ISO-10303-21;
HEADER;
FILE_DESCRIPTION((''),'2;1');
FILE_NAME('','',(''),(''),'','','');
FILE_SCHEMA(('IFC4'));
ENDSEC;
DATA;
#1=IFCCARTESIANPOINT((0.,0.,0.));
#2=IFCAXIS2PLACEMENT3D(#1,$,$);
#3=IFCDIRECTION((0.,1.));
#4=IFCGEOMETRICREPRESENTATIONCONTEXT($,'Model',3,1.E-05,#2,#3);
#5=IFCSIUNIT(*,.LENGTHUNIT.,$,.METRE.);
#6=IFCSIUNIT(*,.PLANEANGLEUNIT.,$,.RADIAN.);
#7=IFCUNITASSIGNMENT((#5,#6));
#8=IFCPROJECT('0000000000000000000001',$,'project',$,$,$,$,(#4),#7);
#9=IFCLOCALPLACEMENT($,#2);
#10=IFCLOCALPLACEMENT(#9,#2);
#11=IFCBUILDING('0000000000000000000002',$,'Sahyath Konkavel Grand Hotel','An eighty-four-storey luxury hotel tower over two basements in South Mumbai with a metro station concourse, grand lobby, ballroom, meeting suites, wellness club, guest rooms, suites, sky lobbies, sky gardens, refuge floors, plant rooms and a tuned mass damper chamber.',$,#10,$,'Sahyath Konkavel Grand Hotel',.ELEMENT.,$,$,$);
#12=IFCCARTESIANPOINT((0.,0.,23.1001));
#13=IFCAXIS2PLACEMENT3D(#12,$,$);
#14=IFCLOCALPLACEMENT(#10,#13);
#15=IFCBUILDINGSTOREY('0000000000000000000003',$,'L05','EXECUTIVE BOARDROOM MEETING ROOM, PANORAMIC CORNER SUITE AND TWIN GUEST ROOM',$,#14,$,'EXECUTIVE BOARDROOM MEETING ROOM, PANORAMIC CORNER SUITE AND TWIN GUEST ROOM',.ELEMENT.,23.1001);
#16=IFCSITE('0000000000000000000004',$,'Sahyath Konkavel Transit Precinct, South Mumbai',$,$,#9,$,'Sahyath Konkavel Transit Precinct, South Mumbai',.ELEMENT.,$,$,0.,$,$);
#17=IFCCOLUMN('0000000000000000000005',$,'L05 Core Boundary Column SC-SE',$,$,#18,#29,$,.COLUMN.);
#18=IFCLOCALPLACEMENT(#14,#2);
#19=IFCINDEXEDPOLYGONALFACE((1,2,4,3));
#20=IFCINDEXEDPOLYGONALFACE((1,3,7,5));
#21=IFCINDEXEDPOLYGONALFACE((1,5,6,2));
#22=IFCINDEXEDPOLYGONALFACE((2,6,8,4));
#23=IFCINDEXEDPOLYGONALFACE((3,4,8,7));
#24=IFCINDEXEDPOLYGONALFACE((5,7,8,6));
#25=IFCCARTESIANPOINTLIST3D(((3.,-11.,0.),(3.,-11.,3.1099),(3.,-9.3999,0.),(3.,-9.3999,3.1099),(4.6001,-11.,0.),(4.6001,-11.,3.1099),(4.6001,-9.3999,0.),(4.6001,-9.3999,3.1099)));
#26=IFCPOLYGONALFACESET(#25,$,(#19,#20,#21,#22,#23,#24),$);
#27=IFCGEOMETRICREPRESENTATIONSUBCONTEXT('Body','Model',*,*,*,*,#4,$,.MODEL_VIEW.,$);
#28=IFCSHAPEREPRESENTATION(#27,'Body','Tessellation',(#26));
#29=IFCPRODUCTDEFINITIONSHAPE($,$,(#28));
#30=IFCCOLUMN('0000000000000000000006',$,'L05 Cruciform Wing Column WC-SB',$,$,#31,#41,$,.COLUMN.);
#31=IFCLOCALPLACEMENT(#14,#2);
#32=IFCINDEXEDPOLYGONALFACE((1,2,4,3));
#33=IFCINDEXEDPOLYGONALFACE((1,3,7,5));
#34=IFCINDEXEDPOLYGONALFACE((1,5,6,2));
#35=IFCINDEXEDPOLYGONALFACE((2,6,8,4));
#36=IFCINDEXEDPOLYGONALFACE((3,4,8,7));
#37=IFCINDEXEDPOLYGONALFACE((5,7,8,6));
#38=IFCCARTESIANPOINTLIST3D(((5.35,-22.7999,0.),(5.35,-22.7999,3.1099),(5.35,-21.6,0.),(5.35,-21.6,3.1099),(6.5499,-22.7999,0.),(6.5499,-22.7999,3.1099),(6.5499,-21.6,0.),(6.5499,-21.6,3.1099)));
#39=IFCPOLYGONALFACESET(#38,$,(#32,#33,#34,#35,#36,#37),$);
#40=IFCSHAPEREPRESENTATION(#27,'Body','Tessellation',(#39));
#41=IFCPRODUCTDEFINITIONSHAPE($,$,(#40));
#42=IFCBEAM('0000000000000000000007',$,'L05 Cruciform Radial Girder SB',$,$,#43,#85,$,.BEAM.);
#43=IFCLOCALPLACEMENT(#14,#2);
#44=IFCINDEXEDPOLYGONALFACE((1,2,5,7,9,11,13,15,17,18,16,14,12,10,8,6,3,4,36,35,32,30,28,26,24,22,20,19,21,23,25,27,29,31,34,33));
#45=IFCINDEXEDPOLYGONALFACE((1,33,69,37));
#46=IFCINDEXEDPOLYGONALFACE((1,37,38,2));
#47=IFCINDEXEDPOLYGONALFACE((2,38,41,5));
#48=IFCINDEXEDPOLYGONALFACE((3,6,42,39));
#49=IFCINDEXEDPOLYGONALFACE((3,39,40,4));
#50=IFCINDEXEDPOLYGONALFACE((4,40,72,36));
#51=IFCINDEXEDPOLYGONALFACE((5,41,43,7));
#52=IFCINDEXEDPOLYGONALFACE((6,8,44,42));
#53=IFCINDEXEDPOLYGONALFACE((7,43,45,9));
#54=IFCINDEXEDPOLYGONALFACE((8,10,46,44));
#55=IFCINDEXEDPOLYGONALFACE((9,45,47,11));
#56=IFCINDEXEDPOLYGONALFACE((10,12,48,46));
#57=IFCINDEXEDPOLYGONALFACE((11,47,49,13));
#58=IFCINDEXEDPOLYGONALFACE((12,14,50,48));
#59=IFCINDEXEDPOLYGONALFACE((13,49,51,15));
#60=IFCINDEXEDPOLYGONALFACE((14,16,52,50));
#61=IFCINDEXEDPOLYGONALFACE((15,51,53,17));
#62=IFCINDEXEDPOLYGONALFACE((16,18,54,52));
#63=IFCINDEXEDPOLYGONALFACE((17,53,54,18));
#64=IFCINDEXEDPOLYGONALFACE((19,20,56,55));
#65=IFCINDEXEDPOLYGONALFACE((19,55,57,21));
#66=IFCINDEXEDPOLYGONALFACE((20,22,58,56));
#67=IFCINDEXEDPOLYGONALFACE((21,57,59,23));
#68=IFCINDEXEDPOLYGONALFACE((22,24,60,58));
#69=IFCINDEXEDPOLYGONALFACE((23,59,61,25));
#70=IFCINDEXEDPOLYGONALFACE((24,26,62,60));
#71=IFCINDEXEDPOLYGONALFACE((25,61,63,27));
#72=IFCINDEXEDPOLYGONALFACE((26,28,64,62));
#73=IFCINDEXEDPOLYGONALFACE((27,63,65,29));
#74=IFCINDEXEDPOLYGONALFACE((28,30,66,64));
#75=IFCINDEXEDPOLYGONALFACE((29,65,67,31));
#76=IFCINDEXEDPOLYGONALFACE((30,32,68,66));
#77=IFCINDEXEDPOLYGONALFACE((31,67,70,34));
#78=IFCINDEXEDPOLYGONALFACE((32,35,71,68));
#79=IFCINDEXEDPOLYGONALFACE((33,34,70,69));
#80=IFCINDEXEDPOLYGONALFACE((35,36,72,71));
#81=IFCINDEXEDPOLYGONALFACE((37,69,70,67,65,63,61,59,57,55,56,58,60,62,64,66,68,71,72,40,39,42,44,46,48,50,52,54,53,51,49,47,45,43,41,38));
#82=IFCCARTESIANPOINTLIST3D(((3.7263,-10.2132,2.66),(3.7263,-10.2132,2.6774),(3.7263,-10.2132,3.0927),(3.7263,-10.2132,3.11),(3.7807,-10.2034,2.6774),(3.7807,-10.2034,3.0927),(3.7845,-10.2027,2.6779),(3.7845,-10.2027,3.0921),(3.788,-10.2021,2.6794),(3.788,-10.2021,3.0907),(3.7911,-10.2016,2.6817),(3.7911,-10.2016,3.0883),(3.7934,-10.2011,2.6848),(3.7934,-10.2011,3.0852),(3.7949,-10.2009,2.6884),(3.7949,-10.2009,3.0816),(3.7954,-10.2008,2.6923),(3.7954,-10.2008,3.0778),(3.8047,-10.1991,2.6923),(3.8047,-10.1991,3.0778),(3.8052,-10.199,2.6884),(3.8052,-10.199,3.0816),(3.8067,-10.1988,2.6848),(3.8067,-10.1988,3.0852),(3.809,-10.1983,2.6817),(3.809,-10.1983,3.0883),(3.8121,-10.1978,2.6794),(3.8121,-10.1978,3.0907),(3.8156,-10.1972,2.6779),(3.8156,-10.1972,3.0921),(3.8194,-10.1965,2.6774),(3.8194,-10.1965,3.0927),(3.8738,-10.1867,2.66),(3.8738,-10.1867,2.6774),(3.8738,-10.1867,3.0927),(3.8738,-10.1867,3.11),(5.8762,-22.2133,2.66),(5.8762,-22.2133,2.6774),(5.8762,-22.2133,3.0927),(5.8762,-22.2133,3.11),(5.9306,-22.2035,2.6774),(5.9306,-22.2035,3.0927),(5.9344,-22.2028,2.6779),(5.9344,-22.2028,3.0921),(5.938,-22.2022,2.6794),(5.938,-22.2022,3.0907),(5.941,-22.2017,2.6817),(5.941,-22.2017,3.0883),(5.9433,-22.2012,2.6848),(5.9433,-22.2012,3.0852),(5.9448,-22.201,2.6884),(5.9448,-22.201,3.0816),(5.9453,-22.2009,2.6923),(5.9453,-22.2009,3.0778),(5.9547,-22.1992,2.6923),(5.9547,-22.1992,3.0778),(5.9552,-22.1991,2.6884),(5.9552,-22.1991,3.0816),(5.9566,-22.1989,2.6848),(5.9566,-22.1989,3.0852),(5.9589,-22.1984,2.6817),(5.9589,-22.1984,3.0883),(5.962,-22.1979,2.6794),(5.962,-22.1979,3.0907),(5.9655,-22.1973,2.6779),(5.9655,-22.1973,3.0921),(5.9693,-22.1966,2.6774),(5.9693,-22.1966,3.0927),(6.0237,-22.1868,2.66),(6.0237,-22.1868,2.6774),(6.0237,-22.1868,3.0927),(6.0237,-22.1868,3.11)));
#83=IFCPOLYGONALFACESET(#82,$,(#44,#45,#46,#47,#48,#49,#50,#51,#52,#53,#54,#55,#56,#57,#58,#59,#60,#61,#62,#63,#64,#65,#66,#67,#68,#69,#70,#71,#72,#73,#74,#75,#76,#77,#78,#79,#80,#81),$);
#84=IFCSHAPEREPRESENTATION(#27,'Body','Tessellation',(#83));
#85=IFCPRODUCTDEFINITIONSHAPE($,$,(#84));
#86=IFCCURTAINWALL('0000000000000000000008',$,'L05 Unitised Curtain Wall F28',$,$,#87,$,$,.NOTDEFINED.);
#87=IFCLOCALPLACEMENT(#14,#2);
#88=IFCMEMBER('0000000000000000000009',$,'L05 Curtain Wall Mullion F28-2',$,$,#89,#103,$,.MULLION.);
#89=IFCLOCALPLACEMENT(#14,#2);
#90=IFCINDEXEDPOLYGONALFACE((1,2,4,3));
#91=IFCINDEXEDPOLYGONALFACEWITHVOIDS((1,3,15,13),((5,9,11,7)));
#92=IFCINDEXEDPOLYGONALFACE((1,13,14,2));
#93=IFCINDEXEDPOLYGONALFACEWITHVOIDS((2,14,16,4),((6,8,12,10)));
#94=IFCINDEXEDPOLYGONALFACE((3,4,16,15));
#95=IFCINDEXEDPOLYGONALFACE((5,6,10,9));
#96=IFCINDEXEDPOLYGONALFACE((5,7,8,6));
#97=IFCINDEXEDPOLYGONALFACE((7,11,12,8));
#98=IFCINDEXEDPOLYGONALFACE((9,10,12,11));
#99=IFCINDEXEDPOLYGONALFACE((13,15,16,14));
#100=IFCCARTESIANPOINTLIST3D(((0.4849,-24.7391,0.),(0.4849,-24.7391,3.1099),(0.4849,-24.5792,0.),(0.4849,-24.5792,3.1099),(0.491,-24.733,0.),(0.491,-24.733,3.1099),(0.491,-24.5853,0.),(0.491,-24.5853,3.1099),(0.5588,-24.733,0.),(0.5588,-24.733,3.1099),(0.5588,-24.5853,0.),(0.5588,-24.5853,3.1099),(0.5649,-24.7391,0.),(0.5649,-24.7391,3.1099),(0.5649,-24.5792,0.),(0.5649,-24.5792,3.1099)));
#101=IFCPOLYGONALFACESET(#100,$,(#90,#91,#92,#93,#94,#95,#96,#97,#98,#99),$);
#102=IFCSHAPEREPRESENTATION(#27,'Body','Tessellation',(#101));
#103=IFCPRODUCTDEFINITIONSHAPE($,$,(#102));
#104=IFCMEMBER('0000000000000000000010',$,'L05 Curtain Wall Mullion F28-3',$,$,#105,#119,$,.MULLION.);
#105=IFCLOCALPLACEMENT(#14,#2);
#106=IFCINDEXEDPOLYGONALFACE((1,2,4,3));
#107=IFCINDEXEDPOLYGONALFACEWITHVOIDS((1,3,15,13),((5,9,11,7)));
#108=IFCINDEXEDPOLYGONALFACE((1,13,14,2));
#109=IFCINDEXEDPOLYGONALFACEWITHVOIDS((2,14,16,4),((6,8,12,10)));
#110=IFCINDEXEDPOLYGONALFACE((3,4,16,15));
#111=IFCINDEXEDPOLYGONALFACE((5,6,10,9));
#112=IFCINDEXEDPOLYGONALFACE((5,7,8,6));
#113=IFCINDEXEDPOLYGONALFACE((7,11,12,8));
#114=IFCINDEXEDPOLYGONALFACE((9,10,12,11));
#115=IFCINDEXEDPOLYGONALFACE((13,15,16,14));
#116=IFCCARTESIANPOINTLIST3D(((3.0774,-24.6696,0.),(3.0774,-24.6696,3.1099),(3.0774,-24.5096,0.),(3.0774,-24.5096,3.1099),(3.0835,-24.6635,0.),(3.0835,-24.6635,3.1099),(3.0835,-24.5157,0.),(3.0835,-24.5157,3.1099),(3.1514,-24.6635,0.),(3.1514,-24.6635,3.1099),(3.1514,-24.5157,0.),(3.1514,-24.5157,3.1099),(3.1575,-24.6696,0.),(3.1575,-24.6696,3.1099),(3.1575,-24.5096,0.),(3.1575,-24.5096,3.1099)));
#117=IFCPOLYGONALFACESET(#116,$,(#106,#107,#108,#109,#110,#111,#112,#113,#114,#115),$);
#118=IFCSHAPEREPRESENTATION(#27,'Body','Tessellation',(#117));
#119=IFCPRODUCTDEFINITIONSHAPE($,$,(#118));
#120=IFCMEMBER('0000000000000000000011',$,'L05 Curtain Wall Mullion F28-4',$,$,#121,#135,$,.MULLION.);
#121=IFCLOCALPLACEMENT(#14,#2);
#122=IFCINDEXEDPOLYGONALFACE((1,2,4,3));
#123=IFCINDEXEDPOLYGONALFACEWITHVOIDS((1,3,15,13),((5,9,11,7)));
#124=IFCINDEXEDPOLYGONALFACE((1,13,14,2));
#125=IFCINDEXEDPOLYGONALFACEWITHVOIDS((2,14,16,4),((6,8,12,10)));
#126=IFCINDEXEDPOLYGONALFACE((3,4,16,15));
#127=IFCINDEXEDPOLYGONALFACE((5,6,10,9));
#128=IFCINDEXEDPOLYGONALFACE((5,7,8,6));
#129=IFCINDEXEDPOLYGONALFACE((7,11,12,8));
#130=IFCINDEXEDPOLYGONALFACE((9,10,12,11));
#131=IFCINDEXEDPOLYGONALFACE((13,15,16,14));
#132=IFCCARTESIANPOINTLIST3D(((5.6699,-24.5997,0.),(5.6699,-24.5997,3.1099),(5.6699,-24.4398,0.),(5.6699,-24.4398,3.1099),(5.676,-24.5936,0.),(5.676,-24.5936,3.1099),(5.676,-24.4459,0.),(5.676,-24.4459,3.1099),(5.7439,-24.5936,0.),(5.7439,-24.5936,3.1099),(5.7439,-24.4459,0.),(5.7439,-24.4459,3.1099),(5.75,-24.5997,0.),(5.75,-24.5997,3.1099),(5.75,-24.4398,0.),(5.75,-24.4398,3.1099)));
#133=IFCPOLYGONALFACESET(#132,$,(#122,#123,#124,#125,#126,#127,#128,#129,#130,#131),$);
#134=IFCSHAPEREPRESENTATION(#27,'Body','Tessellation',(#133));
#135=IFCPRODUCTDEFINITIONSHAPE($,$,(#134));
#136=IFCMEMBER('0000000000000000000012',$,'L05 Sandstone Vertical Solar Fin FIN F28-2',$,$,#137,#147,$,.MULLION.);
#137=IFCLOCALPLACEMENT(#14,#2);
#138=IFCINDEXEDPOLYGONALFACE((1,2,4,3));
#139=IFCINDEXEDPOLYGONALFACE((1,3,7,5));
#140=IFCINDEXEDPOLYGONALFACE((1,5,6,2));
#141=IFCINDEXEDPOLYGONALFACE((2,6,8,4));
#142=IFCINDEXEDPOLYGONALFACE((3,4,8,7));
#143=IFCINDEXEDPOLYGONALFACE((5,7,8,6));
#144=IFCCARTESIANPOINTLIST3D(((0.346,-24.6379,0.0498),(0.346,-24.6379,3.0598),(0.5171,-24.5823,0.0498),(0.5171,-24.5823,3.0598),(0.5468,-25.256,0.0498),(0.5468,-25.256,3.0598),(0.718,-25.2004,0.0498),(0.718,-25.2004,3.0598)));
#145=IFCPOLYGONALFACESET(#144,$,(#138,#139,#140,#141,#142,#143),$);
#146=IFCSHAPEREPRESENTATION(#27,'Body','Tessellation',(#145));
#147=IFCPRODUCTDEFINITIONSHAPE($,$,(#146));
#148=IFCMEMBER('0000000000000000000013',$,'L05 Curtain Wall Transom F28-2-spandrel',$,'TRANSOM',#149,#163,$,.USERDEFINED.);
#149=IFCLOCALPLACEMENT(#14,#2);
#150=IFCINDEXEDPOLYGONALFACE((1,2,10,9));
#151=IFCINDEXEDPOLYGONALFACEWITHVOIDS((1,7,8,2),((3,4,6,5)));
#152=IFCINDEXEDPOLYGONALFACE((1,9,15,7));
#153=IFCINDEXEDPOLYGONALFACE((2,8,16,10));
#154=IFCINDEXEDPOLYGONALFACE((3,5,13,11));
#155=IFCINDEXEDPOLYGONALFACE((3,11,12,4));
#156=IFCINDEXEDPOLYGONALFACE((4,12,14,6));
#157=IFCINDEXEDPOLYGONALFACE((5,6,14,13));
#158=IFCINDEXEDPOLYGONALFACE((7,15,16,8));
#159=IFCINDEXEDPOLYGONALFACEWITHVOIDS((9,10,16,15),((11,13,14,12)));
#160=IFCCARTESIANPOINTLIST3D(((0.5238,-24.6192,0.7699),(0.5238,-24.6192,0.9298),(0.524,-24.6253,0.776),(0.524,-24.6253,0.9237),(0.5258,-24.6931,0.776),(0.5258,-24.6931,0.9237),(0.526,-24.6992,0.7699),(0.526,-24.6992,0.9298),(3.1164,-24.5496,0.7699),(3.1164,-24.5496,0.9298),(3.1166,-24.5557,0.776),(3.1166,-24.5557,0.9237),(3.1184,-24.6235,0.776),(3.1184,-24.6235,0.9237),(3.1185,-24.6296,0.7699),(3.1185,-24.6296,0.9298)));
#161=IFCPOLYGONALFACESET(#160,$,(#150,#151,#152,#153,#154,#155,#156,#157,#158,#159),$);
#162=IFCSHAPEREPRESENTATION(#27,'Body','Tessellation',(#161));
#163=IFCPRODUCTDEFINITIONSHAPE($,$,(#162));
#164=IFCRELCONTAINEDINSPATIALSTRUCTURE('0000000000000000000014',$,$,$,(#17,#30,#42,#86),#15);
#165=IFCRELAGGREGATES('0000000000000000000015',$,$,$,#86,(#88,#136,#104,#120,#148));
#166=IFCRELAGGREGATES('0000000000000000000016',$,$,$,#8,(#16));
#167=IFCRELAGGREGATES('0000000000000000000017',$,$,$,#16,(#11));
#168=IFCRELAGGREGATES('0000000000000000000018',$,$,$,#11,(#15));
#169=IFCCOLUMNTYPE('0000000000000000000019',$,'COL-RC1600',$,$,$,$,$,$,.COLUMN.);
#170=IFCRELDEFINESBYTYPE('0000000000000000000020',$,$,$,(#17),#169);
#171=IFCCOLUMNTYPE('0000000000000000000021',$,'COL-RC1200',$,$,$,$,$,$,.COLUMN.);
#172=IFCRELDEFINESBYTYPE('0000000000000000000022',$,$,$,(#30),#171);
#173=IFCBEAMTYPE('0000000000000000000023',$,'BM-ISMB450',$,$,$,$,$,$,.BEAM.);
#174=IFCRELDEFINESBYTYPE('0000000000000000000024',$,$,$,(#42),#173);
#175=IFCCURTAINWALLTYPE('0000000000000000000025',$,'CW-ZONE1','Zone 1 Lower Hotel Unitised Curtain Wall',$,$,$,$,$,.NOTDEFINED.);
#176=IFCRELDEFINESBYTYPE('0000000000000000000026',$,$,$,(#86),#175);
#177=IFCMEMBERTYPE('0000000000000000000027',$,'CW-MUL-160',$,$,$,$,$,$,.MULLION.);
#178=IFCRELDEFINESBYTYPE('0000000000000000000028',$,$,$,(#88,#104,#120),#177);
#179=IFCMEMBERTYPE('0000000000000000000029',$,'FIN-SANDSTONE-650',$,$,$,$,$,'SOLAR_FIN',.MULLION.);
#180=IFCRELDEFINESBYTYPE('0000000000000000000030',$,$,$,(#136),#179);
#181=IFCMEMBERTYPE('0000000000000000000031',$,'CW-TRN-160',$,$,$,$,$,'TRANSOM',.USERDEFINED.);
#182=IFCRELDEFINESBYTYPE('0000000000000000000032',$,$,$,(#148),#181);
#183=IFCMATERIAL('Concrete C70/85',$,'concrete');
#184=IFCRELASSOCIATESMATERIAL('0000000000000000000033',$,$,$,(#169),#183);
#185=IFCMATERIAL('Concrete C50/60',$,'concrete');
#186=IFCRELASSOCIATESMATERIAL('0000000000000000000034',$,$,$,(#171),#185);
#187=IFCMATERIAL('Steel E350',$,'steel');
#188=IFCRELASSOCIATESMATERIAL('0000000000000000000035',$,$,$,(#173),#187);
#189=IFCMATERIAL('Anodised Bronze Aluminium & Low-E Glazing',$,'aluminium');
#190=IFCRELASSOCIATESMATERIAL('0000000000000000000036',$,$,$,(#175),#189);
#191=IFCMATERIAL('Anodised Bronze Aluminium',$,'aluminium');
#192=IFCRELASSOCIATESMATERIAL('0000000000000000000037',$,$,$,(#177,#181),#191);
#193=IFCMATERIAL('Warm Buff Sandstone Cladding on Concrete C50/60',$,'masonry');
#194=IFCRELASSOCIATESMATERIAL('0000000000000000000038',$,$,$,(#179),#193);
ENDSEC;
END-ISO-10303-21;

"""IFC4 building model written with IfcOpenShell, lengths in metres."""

from ifc_helpers import new_model, si_unit, direction, frame, origin, origin_2d, place, context, subcontext, project, spatial, rectangle, hollow_rectangle, i_section, extrude, source, transform, mapped, material, material_profile, profile_set, type_object, element, aggregate, save


model = new_model("IFC4")

# Units and contexts
model_context = context("Model", 3, precision=1e-05, world=origin(), true_north=direction((0.0, 1.0)))
body_context = subcontext(model_context, "Body", "Model", "MODEL_VIEW")
ifc_project = project(units=[si_unit("LENGTHUNIT", "METRE"), si_unit("PLANEANGLEUNIT", "RADIAN")], contexts=[model_context])

# Site, building, storey
site_placement = place(None, origin())
site = spatial("IfcSite", under=ifc_project, at=site_placement, Name="Sahyath Konkavel Transit Precinct, South Mumbai", LongName="Sahyath Konkavel Transit Precinct, South Mumbai", CompositionType="ELEMENT", RefElevation=0.0)
building_placement = place(site_placement, origin())
building = spatial("IfcBuilding", under=site, at=building_placement, Name="Sahyath Konkavel Grand Hotel", Description="An eighty-four-storey luxury hotel tower over two basements in South Mumbai with a metro station concourse, grand lobby, ballroom, meeting suites, wellness club, guest rooms, suites, sky lobbies, sky gardens, refuge floors, plant rooms and a tuned mass damper chamber.", LongName="Sahyath Konkavel Grand Hotel", CompositionType="ELEMENT")
storey_placement = place(building_placement, frame((0.0, 0.0, 23.1001)))
storey = spatial("IfcBuildingStorey", under=building, at=storey_placement, Name="L05", Description="EXECUTIVE BOARDROOM MEETING ROOM, PANORAMIC CORNER SUITE AND TWIN GUEST ROOM", LongName="EXECUTIVE BOARDROOM MEETING ROOM, PANORAMIC CORNER SUITE AND TWIN GUEST ROOM", CompositionType="ELEMENT", Elevation=23.1001)

# Columns
ifc_material_1 = material(Name="Concrete C70/85", Category="concrete")
ifc_material_profile_1 = material_profile(ifc_material_1, rectangle(XDim=1.6001, YDim=1.6001, at=origin_2d()), Name="RC 1600x1600")
ifc_profile_set_1 = profile_set([ifc_material_profile_1], Name="Concrete C70/85")
column_type_1 = type_object("IfcColumnType", Name="COL-RC1600", PredefinedType="COLUMN", material=ifc_profile_set_1)
shared_shape_1 = source(origin(), body_context, "Body", "SweptSolid", [
    extrude(rectangle(XDim=1.6001, YDim=1.6001, at=origin_2d()), origin(), (0.0, 0.0, 1.0), 3.1099),
])
column_1_placement = place(storey_placement, frame((3.8, -10.2, 0.0), z_axis=(0.0, 0.0, 1.0), x_axis=(1.0, 0.0, 0.0)))
element("IfcColumn", 1, at=column_1_placement, inside=storey, type_object=column_type_1, Name="L05 Core Boundary Column SC-SE", PredefinedType="COLUMN", context=body_context, shape_type="MappedRepresentation", body=[
    mapped(shared_shape_1, transform((0.0, 0.0, 0.0), scale=1.0)),
])
ifc_material_2 = material(Name="Concrete C50/60", Category="concrete")
ifc_material_profile_2 = material_profile(ifc_material_2, rectangle(XDim=1.2, YDim=1.2, at=origin_2d()), Name="RC 1200x1200")
ifc_profile_set_2 = profile_set([ifc_material_profile_2], Name="Concrete C50/60")
column_type_2 = type_object("IfcColumnType", Name="COL-RC1200", PredefinedType="COLUMN", material=ifc_profile_set_2)
shared_shape_2 = source(origin(), body_context, "Body", "SweptSolid", [
    extrude(rectangle(XDim=1.2, YDim=1.2, at=origin_2d()), origin(), (0.0, 0.0, 1.0), 3.1099),
])
column_2_placement = place(storey_placement, frame((5.95, -22.2, 0.0), z_axis=(0.0, 0.0, 1.0), x_axis=(1.0, 0.0, 0.0)))
element("IfcColumn", 2, at=column_2_placement, inside=storey, type_object=column_type_2, Name="L05 Cruciform Wing Column WC-SB", PredefinedType="COLUMN", context=body_context, shape_type="MappedRepresentation", body=[
    mapped(shared_shape_2, transform((0.0, 0.0, 0.0), scale=1.0)),
])

# Beam
ifc_material_3 = material(Name="Steel E350", Category="steel")
ifc_material_profile_3 = material_profile(ifc_material_3, i_section(OverallWidth=0.1499, OverallDepth=0.45, WebThickness=0.0095, FlangeThickness=0.0173, FilletRadius=0.0149, at=origin_2d()), Name="ISMB 450")
ifc_profile_set_3 = profile_set([ifc_material_profile_3], Name="Steel E350")
beam_type = type_object("IfcBeamType", Name="BM-ISMB450", PredefinedType="BEAM", material=ifc_profile_set_3)
shared_shape_3 = source(origin(), body_context, "Body", "SweptSolid", [
    extrude(i_section(OverallWidth=0.1499, OverallDepth=0.45, WebThickness=0.0095, FlangeThickness=0.0173, FilletRadius=0.0149, at=origin_2d()), origin(), (0.0, 0.0, 1.0), 12.1912),
])
beam_placement = place(storey_placement, frame((3.8, -10.2, 2.885), z_axis=(0.176351, -0.984327, 0.0), x_axis=(0.984327, 0.176351, 0.0)))
element("IfcBeam", 3, at=beam_placement, inside=storey, type_object=beam_type, Name="L05 Cruciform Radial Girder SB", PredefinedType="BEAM", context=body_context, shape_type="MappedRepresentation", body=[
    mapped(shared_shape_3, transform((0.0, 0.0, 0.0), scale=1.0)),
])

# Curtain wall, members
ifc_material_4 = material(Name="Anodised Bronze Aluminium & Low-E Glazing", Category="aluminium")
curtain_wall_type = type_object("IfcCurtainWallType", Name="CW-ZONE1", Description="Zone 1 Lower Hotel Unitised Curtain Wall", PredefinedType="NOTDEFINED", material=ifc_material_4)
curtain_wall_placement = place(storey_placement, origin())
curtain_wall = element("IfcCurtainWall", 4, at=curtain_wall_placement, inside=storey, type_object=curtain_wall_type, Name="L05 Unitised Curtain Wall F28", PredefinedType="NOTDEFINED")
ifc_material_5 = material(Name="Anodised Bronze Aluminium", Category="aluminium")
ifc_material_profile_4 = material_profile(ifc_material_5, hollow_rectangle(XDim=0.0801, YDim=0.1599, WallThickness=0.0061, at=origin_2d()), Name="RHS 160x80x6")
ifc_profile_set_4 = profile_set([ifc_material_profile_4], Name="Anodised Bronze Aluminium")
member_type_1 = type_object("IfcMemberType", Name="CW-MUL-160", PredefinedType="MULLION", material=ifc_profile_set_4)
shared_shape_4 = source(origin(), body_context, "Body", "SweptSolid", [
    extrude(hollow_rectangle(XDim=0.0801, YDim=0.1599, WallThickness=0.0061, at=origin_2d()), origin(), (0.0, 0.0, 1.0), 3.1099),
])
member_1_placement = place(storey_placement, frame((0.5249, -24.6592, 0.0), z_axis=(0.0, 0.0, 1.0), x_axis=(1.0, 0.0, 0.0)))
member_1 = element("IfcMember", 5, at=member_1_placement, type_object=member_type_1, Name="L05 Curtain Wall Mullion F28-2", PredefinedType="MULLION", context=body_context, shape_type="MappedRepresentation", body=[
    mapped(shared_shape_4, transform((0.0, 0.0, 0.0), scale=1.0)),
])
member_2_placement = place(storey_placement, frame((3.1174, -24.5896, 0.0), z_axis=(0.0, 0.0, 1.0), x_axis=(1.0, 0.0, 0.0)))
member_2 = element("IfcMember", 6, at=member_2_placement, type_object=member_type_1, Name="L05 Curtain Wall Mullion F28-3", PredefinedType="MULLION", context=body_context, shape_type="MappedRepresentation", body=[
    mapped(shared_shape_4, transform((0.0, 0.0, 0.0), scale=1.0)),
])
member_3_placement = place(storey_placement, frame((5.71, -24.5198, 0.0), z_axis=(0.0, 0.0, 1.0), x_axis=(1.0, 0.0, 0.0)))
member_3 = element("IfcMember", 7, at=member_3_placement, type_object=member_type_1, Name="L05 Curtain Wall Mullion F28-4", PredefinedType="MULLION", context=body_context, shape_type="MappedRepresentation", body=[
    mapped(shared_shape_4, transform((0.0, 0.0, 0.0), scale=1.0)),
])
ifc_material_6 = material(Name="Warm Buff Sandstone Cladding on Concrete C50/60", Category="masonry")
ifc_material_profile_5 = material_profile(ifc_material_6, rectangle(XDim=0.1799, YDim=0.6499, at=origin_2d()), Name="FIN 180x650")
ifc_profile_set_5 = profile_set([ifc_material_profile_5], Name="Warm Buff Sandstone Cladding on Concrete C50/60")
member_type_2 = type_object("IfcMemberType", Name="FIN-SANDSTONE-650", ElementType="SOLAR_FIN", PredefinedType="MULLION", material=ifc_profile_set_5)
shared_shape_5 = source(origin(), body_context, "Body", "SweptSolid", [
    extrude(rectangle(XDim=0.1799, YDim=0.6499, at=origin_2d()), origin(), (0.0, 0.0, 1.0), 3.01),
])
member_4_placement = place(storey_placement, frame((0.532, -24.9192, 0.0498), z_axis=(0.0, 0.0, 1.0), x_axis=(0.951057, 0.309017, 0.0)))
member_4 = element("IfcMember", 8, at=member_4_placement, type_object=member_type_2, Name="L05 Sandstone Vertical Solar Fin FIN F28-2", PredefinedType="MULLION", context=body_context, shape_type="MappedRepresentation", body=[
    mapped(shared_shape_5, transform((0.0, 0.0, 0.0), scale=1.0)),
])
ifc_material_profile_6 = material_profile(ifc_material_5, hollow_rectangle(XDim=0.0801, YDim=0.1599, WallThickness=0.0061, at=origin_2d()), Name="RHS 160x80x6")
ifc_profile_set_6 = profile_set([ifc_material_profile_6], Name="Anodised Bronze Aluminium")
member_type_3 = type_object("IfcMemberType", Name="CW-TRN-160", ElementType="TRANSOM", PredefinedType="USERDEFINED", material=ifc_profile_set_6)
shared_shape_6 = source(origin(), body_context, "Body", "SweptSolid", [
    extrude(hollow_rectangle(XDim=0.0801, YDim=0.1599, WallThickness=0.0061, at=origin_2d()), origin(), (0.0, 0.0, 1.0), 2.5935),
])
member_5_placement = place(storey_placement, frame((0.5249, -24.6592, 0.8499), z_axis=(0.99964, 0.026829, 0.0), x_axis=(-0.026829, 0.99964, 0.0)))
member_5 = element("IfcMember", 9, at=member_5_placement, type_object=member_type_3, Name="L05 Curtain Wall Transom F28-2-spandrel", ObjectType="TRANSOM", PredefinedType="USERDEFINED", context=body_context, shape_type="MappedRepresentation", body=[
    mapped(shared_shape_6, transform((0.0, 0.0, 0.0), scale=1.0)),
])
aggregate(curtain_wall, [member_1, member_4, member_2, member_3, member_5])

save(model, "model.ifc")
